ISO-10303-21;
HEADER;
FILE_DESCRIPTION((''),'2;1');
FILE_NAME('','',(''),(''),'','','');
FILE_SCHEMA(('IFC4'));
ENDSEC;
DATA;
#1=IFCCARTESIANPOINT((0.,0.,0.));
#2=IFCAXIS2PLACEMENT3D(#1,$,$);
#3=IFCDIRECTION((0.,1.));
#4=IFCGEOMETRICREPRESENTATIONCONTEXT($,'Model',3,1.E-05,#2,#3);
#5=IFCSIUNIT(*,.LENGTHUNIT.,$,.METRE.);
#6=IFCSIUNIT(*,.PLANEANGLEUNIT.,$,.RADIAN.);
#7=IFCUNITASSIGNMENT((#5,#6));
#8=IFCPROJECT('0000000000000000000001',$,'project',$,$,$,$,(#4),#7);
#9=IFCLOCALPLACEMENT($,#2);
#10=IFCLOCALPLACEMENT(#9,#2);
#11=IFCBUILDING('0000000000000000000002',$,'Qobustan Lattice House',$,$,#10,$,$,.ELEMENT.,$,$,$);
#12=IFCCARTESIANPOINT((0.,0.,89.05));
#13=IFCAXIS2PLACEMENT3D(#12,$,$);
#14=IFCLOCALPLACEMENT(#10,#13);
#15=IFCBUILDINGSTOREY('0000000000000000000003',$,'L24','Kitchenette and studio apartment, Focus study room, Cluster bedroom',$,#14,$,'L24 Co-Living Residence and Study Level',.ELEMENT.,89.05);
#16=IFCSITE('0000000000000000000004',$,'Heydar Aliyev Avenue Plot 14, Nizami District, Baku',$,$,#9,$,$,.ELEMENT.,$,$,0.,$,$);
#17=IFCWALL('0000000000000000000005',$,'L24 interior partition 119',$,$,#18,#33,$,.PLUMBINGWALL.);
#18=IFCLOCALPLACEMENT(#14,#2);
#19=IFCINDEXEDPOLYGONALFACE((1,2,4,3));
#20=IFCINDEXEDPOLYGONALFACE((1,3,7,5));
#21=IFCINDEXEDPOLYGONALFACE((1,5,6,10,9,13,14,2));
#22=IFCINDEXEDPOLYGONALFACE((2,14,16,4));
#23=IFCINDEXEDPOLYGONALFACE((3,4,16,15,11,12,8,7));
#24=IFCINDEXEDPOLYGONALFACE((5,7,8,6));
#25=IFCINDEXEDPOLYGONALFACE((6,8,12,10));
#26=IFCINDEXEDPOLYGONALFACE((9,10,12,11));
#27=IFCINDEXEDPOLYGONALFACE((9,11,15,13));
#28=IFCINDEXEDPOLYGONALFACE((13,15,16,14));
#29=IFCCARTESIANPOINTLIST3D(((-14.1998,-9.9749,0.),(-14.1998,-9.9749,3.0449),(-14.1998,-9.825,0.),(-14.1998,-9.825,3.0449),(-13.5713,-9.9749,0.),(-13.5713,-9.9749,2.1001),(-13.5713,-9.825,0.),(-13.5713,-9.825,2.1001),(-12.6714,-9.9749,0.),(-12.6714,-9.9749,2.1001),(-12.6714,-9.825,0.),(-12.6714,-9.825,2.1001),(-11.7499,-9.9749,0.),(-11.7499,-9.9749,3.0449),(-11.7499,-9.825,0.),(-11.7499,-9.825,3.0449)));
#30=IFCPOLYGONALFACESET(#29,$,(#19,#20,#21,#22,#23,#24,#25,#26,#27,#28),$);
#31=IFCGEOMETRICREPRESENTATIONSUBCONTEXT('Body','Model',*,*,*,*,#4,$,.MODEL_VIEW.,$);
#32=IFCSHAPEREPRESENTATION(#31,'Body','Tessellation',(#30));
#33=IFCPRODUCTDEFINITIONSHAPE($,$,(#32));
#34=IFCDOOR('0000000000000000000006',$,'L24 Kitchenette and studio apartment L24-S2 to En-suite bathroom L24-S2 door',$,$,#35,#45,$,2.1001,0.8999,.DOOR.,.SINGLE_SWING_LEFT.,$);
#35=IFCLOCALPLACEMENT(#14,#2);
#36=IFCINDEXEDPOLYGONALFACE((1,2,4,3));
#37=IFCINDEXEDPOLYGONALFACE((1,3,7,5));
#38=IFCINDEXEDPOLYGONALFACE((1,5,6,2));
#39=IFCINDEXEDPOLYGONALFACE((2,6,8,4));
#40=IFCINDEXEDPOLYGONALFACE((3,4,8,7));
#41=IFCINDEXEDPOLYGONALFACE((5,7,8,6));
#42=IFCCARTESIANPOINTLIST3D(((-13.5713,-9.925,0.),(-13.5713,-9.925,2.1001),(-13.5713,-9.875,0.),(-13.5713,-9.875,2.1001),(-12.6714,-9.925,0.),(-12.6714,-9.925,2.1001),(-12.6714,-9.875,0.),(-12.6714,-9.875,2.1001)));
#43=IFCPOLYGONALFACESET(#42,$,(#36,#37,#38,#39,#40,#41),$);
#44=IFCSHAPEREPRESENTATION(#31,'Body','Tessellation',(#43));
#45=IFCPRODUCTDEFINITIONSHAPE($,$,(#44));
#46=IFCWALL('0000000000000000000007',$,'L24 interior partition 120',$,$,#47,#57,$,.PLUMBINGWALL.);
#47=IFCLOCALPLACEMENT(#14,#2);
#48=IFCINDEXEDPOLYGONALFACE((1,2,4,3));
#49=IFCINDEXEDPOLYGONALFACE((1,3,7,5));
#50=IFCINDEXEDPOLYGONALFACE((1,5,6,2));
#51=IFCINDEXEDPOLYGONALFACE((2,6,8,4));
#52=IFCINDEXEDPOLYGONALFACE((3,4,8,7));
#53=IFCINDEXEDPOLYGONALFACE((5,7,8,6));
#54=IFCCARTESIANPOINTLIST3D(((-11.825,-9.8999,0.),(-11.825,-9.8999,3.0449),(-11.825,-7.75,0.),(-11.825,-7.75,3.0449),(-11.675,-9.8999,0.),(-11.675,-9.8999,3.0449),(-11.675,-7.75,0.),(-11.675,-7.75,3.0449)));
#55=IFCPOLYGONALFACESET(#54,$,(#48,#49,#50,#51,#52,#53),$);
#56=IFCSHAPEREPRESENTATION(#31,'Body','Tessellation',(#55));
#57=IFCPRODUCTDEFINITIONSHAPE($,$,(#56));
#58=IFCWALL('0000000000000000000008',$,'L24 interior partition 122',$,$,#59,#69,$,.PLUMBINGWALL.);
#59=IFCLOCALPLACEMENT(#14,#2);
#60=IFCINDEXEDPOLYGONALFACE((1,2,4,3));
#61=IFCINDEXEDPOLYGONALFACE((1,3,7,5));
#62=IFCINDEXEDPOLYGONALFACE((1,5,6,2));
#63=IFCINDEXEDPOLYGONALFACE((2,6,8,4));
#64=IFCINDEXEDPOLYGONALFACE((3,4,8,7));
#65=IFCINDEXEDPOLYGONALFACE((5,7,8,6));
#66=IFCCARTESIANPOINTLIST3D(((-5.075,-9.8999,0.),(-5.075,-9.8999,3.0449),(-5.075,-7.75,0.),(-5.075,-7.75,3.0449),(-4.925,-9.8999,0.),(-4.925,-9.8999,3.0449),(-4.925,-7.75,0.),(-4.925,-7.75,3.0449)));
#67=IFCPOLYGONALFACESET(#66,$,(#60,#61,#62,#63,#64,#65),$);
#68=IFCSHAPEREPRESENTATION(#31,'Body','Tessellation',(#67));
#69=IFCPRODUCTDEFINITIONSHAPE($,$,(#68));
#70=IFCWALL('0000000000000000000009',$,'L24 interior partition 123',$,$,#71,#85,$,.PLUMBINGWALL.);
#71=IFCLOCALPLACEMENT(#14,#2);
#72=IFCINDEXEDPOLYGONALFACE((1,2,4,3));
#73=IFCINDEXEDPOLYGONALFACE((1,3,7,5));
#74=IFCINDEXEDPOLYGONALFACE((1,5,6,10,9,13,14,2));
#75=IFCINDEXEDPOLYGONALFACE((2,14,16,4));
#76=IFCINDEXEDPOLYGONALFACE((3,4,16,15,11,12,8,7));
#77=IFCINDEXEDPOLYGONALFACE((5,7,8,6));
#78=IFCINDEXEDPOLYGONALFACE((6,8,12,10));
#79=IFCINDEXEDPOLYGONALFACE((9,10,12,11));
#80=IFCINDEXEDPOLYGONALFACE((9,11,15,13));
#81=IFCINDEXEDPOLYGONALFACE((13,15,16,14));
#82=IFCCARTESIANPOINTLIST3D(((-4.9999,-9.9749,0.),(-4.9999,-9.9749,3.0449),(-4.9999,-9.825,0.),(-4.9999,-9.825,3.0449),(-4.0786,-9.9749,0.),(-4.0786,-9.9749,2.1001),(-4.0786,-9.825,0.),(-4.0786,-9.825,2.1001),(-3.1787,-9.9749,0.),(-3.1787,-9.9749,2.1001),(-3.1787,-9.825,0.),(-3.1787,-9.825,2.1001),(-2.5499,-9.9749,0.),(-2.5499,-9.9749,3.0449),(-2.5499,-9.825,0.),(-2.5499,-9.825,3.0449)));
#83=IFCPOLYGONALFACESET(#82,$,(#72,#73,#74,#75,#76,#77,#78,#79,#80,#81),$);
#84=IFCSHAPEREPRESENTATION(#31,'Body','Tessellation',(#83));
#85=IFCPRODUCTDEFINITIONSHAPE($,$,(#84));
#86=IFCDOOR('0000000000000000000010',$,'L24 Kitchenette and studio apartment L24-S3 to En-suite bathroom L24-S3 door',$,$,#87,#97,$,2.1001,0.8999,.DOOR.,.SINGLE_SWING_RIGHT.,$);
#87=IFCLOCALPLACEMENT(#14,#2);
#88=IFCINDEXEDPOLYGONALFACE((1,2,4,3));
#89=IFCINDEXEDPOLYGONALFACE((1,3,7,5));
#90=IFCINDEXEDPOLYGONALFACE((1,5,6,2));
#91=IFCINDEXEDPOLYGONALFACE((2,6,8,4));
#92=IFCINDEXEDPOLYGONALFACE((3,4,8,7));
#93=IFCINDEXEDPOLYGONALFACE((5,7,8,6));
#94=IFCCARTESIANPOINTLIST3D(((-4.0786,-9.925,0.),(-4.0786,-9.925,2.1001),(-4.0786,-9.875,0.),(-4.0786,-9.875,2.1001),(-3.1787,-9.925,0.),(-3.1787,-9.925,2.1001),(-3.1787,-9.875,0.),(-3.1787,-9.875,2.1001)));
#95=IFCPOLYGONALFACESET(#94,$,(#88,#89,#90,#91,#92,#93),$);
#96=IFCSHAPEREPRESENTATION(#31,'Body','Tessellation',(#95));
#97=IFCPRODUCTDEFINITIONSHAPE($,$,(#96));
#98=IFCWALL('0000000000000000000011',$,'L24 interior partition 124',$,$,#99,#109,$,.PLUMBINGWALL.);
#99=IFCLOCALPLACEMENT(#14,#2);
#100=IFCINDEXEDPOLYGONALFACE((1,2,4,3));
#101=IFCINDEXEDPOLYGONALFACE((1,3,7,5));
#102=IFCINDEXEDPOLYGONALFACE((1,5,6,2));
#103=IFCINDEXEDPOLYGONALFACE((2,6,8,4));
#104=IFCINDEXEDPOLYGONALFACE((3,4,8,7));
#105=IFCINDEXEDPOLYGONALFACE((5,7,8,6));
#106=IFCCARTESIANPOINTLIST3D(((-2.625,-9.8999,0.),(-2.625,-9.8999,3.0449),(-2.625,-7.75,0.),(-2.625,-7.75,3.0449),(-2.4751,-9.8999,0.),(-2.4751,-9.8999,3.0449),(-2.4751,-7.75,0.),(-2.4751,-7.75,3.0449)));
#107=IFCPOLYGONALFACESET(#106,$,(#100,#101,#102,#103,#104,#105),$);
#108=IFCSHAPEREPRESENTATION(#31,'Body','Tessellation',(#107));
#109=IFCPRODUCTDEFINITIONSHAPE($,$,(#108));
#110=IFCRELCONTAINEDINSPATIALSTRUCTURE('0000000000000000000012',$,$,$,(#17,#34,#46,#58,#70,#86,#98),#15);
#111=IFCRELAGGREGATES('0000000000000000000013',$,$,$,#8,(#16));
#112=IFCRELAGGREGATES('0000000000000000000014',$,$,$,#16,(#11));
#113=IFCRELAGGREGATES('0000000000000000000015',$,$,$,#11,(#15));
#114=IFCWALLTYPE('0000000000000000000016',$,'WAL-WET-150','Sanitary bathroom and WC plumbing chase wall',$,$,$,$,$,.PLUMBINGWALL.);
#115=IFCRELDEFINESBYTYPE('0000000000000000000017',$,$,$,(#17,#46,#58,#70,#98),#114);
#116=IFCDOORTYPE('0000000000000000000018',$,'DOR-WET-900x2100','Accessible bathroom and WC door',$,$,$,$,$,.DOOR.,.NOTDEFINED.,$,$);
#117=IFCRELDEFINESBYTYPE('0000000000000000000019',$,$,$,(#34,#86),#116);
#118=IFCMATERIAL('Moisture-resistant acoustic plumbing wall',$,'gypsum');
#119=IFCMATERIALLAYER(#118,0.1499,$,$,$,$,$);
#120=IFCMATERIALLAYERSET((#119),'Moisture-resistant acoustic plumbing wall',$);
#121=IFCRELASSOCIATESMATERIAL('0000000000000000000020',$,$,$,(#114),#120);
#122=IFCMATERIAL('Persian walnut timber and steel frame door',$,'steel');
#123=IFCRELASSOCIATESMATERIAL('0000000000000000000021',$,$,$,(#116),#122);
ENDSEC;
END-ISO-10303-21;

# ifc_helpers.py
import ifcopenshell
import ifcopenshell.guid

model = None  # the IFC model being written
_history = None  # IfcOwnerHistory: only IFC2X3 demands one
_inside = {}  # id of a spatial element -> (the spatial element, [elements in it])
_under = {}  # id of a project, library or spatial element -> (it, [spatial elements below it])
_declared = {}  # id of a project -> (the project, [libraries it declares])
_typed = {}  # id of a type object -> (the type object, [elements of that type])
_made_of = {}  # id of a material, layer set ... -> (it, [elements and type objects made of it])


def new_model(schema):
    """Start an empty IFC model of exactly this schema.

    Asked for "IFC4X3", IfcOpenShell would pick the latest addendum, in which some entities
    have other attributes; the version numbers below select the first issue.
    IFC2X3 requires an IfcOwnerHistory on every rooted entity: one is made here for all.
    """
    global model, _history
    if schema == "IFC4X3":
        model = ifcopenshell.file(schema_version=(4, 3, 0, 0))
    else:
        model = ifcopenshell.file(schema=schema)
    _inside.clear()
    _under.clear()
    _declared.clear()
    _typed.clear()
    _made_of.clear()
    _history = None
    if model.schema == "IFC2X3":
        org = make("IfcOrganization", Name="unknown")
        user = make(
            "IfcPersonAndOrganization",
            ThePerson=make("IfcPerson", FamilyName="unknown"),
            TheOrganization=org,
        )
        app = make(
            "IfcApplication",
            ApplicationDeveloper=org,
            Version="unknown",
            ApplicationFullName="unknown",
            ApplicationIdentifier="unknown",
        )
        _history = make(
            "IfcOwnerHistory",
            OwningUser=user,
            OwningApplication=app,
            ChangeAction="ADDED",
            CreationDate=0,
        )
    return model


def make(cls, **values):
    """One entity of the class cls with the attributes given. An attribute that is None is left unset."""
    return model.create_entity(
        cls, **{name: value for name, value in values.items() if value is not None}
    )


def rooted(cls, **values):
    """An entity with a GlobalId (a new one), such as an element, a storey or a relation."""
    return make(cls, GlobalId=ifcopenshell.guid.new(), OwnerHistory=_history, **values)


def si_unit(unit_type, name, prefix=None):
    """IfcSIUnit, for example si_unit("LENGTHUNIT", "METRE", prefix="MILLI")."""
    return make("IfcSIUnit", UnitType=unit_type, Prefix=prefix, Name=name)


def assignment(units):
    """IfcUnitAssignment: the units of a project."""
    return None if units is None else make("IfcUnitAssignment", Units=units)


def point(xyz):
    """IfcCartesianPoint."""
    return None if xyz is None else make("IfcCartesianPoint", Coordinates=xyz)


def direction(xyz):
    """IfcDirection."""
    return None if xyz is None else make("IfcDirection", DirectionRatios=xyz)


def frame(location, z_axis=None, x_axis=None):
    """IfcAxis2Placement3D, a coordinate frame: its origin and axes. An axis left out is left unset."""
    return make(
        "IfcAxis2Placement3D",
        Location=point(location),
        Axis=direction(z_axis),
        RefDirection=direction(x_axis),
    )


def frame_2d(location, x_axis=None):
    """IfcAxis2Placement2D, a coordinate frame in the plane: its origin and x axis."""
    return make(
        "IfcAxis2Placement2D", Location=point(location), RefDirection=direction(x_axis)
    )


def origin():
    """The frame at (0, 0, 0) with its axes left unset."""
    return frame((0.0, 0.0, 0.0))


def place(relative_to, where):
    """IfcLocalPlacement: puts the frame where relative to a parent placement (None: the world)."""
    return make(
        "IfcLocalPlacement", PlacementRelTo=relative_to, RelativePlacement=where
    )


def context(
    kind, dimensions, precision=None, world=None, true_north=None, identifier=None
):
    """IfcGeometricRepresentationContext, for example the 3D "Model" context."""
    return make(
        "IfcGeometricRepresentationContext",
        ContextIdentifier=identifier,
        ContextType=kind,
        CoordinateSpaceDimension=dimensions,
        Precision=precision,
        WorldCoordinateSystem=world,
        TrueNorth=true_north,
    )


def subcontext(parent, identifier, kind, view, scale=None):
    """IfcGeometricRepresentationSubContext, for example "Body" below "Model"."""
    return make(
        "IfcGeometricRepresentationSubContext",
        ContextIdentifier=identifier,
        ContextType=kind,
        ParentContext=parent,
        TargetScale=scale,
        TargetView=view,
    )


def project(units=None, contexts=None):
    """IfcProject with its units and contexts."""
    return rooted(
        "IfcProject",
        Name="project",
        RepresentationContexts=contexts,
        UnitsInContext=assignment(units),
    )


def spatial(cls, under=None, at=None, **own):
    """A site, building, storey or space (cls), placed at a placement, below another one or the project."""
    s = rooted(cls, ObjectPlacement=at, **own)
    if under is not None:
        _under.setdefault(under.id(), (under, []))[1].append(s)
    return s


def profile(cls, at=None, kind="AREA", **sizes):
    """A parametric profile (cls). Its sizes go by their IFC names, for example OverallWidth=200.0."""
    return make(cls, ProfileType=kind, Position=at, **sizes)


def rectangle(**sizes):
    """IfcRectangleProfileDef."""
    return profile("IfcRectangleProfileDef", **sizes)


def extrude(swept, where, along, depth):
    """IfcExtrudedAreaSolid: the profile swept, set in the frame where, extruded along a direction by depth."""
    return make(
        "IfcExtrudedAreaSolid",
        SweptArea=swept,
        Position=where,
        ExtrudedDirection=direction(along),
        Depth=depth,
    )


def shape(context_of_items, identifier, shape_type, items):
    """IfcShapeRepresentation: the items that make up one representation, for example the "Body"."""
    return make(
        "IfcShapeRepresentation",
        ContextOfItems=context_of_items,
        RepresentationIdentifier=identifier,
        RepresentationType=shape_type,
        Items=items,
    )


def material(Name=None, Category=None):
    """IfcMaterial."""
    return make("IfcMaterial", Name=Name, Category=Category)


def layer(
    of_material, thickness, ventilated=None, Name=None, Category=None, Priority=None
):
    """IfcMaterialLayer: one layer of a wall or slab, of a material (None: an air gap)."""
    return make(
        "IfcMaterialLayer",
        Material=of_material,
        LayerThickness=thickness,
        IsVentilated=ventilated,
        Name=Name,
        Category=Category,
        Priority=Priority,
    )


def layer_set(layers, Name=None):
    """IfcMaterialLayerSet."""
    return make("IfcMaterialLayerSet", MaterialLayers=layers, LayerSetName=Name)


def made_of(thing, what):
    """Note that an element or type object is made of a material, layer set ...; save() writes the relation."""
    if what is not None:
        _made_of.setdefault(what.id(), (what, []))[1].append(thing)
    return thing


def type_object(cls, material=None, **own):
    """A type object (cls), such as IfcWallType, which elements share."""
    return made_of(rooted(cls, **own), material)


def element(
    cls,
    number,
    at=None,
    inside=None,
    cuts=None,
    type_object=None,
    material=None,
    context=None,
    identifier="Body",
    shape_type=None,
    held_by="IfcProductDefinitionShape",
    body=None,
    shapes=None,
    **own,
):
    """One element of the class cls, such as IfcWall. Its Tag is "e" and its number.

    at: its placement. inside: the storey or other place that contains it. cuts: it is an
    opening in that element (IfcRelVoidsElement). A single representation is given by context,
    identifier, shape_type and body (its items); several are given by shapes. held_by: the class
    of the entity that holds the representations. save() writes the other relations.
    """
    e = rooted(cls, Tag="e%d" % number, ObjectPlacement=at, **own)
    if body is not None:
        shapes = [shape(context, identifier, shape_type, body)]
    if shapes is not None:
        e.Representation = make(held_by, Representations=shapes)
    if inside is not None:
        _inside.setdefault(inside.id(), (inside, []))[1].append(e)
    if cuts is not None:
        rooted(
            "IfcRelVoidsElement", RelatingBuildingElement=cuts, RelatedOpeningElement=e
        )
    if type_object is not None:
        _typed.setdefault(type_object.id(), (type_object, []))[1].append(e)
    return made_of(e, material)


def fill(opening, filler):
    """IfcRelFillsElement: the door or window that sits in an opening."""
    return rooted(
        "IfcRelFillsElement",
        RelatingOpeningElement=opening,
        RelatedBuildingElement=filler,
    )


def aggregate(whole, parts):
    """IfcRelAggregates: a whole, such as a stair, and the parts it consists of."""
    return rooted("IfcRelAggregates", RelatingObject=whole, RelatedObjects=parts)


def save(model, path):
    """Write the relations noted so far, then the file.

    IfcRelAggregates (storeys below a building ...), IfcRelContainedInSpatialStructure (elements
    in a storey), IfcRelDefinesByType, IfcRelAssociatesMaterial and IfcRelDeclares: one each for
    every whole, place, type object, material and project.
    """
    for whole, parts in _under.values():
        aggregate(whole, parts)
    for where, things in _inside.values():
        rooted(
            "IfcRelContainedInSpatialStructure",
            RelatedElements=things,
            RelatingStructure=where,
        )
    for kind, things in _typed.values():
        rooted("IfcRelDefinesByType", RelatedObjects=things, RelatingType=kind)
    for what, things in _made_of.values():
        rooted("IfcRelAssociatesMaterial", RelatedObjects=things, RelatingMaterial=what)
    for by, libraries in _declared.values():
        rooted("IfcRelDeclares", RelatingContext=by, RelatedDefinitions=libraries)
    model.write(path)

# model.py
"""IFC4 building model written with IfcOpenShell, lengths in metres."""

from ifc_helpers import new_model, si_unit, direction, frame, frame_2d, origin, place, context, subcontext, project, spatial, rectangle, extrude, material, layer, layer_set, type_object, element, fill, save


model = new_model("IFC4")

# Units and contexts
model_context = context("Model", 3, precision=1e-05, world=origin(), true_north=direction((0.0, 1.0)))
body_context = subcontext(model_context, "Body", "Model", "MODEL_VIEW")
ifc_project = project(units=[si_unit("LENGTHUNIT", "METRE"), si_unit("PLANEANGLEUNIT", "RADIAN")], contexts=[model_context])

# Site, building, storey
site_placement = place(None, origin())
site = spatial("IfcSite", under=ifc_project, at=site_placement, Name="Heydar Aliyev Avenue Plot 14, Nizami District, Baku", CompositionType="ELEMENT", RefElevation=0.0)
building_placement = place(site_placement, origin())
building = spatial("IfcBuilding", under=site, at=building_placement, Name="Qobustan Lattice House", CompositionType="ELEMENT")
storey_placement = place(building_placement, frame((0.0, 0.0, 89.05)))
storey = spatial("IfcBuildingStorey", under=building, at=storey_placement, Name="L24", Description="Kitchenette and studio apartment, Focus study room, Cluster bedroom", LongName="L24 Co-Living Residence and Study Level", CompositionType="ELEMENT", Elevation=89.05)

# Shared definitions
ifc_material_1 = material(Name="Moisture-resistant acoustic plumbing wall", Category="gypsum")
ifc_layer_1 = layer(ifc_material_1, 0.1499)
ifc_layer_set_1 = layer_set([ifc_layer_1], Name="Moisture-resistant acoustic plumbing wall")
wall_type_1 = type_object("IfcWallType", Name="WAL-WET-150", Description="Sanitary bathroom and WC plumbing chase wall", PredefinedType="PLUMBINGWALL", material=ifc_layer_set_1)

# Wall, opening, door
wall_1_placement = place(storey_placement, frame((-14.2, -9.8999, 0.0), z_axis=(0.0, 0.0, 1.0), x_axis=(1.0, 0.0, 0.0)))
wall_1 = element("IfcWall", 1, at=wall_1_placement, inside=storey, type_object=wall_type_1, Name="L24 interior partition 119", PredefinedType="PLUMBINGWALL", context=body_context, shape_type="SweptSolid", body=[
    extrude(rectangle(XDim=2.45, YDim=0.1499, at=frame_2d((1.2251, 0.0))), origin(), (0.0, 0.0, 1.0), 3.0449),
])
opening_1_placement = place(wall_1_placement, frame((0.6287, 0.0, 0.0)))
opening_1 = element("IfcOpeningElement", 2, at=opening_1_placement, cuts=wall_1, PredefinedType="OPENING", context=body_context, shape_type="SweptSolid", body=[
    extrude(rectangle(XDim=0.8999, YDim=2.1001, at=frame_2d((0.45, 1.05))), frame((0.0, 0.085, 0.0), z_axis=(0.0, -1.0, 0.0), x_axis=(1.0, 0.0, 0.0)), (0.0, 0.0, 1.0), 0.1699),
])
ifc_material_2 = material(Name="Persian walnut timber and steel frame door", Category="steel")
door_type_1 = type_object("IfcDoorType", Name="DOR-WET-900x2100", Description="Accessible bathroom and WC door", OperationType="NOTDEFINED", PredefinedType="DOOR", material=ifc_material_2)
door_1_placement = place(opening_1_placement, origin())
door_1 = element("IfcDoor", 3, at=door_1_placement, inside=storey, type_object=door_type_1, Name="L24 Kitchenette and studio apartment L24-S2 to En-suite bathroom L24-S2 door", OperationType="SINGLE_SWING_LEFT", OverallHeight=2.1001, OverallWidth=0.8999, PredefinedType="DOOR", context=body_context, shape_type="SweptSolid", body=[
    extrude(rectangle(XDim=0.8999, YDim=2.1001, at=frame_2d((0.45, 1.05))), frame((0.0, 0.0249, 0.0), z_axis=(0.0, -1.0, 0.0), x_axis=(1.0, 0.0, 0.0)), (0.0, 0.0, 1.0), 0.05),
])
fill(opening_1, door_1)

# Walls
for number, where, z_axis, x_axis, name in (
    (4, (-11.75, -9.8999, 0.0), (0.0, 0.0, 1.0), (0.0, 1.0, 0.0), "L24 interior partition 120"),
    (5, (-5.0, -7.75, 0.0), (0.0, 0.0, 1.0), (0.0, -1.0, 0.0), "L24 interior partition 122"),
):
    element("IfcWall", number, at=place(storey_placement, frame(where, z_axis=z_axis, x_axis=x_axis)), inside=storey, type_object=wall_type_1, Name=name, PredefinedType="PLUMBINGWALL", context=body_context, shape_type="SweptSolid", body=[
        extrude(rectangle(XDim=2.1499, YDim=0.1499, at=frame_2d((1.075, 0.0))), origin(), (0.0, 0.0, 1.0), 3.0449),
    ])

# Wall, opening, door
wall_2_placement = place(storey_placement, frame((-5.0, -9.8999, 0.0), z_axis=(0.0, 0.0, 1.0), x_axis=(1.0, 0.0, 0.0)))
wall_2 = element("IfcWall", 6, at=wall_2_placement, inside=storey, type_object=wall_type_1, Name="L24 interior partition 123", PredefinedType="PLUMBINGWALL", context=body_context, shape_type="SweptSolid", body=[
    extrude(rectangle(XDim=2.45, YDim=0.1499, at=frame_2d((1.2251, 0.0))), origin(), (0.0, 0.0, 1.0), 3.0449),
])
opening_2_placement = place(wall_2_placement, frame((0.9214, 0.0, 0.0)))
opening_2 = element("IfcOpeningElement", 7, at=opening_2_placement, cuts=wall_2, PredefinedType="OPENING", context=body_context, shape_type="SweptSolid", body=[
    extrude(rectangle(XDim=0.8999, YDim=2.1001, at=frame_2d((0.45, 1.05))), frame((0.0, 0.085, 0.0), z_axis=(0.0, -1.0, 0.0), x_axis=(1.0, 0.0, 0.0)), (0.0, 0.0, 1.0), 0.1699),
])
door_2_placement = place(opening_2_placement, origin())
door_2 = element("IfcDoor", 8, at=door_2_placement, inside=storey, type_object=door_type_1, Name="L24 Kitchenette and studio apartment L24-S3 to En-suite bathroom L24-S3 door", OperationType="SINGLE_SWING_RIGHT", OverallHeight=2.1001, OverallWidth=0.8999, PredefinedType="DOOR", context=body_context, shape_type="SweptSolid", body=[
    extrude(rectangle(XDim=0.8999, YDim=2.1001, at=frame_2d((0.45, 1.05))), frame((0.0, 0.0249, 0.0), z_axis=(0.0, -1.0, 0.0), x_axis=(1.0, 0.0, 0.0)), (0.0, 0.0, 1.0), 0.05),
])
fill(opening_2, door_2)

# Wall
wall_3_placement = place(storey_placement, frame((-2.55, -9.8999, 0.0), z_axis=(0.0, 0.0, 1.0), x_axis=(0.0, 1.0, 0.0)))
element("IfcWall", 9, at=wall_3_placement, inside=storey, type_object=wall_type_1, Name="L24 interior partition 124", PredefinedType="PLUMBINGWALL", context=body_context, shape_type="SweptSolid", body=[
    extrude(rectangle(XDim=2.1499, YDim=0.1499, at=frame_2d((1.075, 0.0))), origin(), (0.0, 0.0, 1.0), 3.0449),
])

save(model, "model.ifc")
